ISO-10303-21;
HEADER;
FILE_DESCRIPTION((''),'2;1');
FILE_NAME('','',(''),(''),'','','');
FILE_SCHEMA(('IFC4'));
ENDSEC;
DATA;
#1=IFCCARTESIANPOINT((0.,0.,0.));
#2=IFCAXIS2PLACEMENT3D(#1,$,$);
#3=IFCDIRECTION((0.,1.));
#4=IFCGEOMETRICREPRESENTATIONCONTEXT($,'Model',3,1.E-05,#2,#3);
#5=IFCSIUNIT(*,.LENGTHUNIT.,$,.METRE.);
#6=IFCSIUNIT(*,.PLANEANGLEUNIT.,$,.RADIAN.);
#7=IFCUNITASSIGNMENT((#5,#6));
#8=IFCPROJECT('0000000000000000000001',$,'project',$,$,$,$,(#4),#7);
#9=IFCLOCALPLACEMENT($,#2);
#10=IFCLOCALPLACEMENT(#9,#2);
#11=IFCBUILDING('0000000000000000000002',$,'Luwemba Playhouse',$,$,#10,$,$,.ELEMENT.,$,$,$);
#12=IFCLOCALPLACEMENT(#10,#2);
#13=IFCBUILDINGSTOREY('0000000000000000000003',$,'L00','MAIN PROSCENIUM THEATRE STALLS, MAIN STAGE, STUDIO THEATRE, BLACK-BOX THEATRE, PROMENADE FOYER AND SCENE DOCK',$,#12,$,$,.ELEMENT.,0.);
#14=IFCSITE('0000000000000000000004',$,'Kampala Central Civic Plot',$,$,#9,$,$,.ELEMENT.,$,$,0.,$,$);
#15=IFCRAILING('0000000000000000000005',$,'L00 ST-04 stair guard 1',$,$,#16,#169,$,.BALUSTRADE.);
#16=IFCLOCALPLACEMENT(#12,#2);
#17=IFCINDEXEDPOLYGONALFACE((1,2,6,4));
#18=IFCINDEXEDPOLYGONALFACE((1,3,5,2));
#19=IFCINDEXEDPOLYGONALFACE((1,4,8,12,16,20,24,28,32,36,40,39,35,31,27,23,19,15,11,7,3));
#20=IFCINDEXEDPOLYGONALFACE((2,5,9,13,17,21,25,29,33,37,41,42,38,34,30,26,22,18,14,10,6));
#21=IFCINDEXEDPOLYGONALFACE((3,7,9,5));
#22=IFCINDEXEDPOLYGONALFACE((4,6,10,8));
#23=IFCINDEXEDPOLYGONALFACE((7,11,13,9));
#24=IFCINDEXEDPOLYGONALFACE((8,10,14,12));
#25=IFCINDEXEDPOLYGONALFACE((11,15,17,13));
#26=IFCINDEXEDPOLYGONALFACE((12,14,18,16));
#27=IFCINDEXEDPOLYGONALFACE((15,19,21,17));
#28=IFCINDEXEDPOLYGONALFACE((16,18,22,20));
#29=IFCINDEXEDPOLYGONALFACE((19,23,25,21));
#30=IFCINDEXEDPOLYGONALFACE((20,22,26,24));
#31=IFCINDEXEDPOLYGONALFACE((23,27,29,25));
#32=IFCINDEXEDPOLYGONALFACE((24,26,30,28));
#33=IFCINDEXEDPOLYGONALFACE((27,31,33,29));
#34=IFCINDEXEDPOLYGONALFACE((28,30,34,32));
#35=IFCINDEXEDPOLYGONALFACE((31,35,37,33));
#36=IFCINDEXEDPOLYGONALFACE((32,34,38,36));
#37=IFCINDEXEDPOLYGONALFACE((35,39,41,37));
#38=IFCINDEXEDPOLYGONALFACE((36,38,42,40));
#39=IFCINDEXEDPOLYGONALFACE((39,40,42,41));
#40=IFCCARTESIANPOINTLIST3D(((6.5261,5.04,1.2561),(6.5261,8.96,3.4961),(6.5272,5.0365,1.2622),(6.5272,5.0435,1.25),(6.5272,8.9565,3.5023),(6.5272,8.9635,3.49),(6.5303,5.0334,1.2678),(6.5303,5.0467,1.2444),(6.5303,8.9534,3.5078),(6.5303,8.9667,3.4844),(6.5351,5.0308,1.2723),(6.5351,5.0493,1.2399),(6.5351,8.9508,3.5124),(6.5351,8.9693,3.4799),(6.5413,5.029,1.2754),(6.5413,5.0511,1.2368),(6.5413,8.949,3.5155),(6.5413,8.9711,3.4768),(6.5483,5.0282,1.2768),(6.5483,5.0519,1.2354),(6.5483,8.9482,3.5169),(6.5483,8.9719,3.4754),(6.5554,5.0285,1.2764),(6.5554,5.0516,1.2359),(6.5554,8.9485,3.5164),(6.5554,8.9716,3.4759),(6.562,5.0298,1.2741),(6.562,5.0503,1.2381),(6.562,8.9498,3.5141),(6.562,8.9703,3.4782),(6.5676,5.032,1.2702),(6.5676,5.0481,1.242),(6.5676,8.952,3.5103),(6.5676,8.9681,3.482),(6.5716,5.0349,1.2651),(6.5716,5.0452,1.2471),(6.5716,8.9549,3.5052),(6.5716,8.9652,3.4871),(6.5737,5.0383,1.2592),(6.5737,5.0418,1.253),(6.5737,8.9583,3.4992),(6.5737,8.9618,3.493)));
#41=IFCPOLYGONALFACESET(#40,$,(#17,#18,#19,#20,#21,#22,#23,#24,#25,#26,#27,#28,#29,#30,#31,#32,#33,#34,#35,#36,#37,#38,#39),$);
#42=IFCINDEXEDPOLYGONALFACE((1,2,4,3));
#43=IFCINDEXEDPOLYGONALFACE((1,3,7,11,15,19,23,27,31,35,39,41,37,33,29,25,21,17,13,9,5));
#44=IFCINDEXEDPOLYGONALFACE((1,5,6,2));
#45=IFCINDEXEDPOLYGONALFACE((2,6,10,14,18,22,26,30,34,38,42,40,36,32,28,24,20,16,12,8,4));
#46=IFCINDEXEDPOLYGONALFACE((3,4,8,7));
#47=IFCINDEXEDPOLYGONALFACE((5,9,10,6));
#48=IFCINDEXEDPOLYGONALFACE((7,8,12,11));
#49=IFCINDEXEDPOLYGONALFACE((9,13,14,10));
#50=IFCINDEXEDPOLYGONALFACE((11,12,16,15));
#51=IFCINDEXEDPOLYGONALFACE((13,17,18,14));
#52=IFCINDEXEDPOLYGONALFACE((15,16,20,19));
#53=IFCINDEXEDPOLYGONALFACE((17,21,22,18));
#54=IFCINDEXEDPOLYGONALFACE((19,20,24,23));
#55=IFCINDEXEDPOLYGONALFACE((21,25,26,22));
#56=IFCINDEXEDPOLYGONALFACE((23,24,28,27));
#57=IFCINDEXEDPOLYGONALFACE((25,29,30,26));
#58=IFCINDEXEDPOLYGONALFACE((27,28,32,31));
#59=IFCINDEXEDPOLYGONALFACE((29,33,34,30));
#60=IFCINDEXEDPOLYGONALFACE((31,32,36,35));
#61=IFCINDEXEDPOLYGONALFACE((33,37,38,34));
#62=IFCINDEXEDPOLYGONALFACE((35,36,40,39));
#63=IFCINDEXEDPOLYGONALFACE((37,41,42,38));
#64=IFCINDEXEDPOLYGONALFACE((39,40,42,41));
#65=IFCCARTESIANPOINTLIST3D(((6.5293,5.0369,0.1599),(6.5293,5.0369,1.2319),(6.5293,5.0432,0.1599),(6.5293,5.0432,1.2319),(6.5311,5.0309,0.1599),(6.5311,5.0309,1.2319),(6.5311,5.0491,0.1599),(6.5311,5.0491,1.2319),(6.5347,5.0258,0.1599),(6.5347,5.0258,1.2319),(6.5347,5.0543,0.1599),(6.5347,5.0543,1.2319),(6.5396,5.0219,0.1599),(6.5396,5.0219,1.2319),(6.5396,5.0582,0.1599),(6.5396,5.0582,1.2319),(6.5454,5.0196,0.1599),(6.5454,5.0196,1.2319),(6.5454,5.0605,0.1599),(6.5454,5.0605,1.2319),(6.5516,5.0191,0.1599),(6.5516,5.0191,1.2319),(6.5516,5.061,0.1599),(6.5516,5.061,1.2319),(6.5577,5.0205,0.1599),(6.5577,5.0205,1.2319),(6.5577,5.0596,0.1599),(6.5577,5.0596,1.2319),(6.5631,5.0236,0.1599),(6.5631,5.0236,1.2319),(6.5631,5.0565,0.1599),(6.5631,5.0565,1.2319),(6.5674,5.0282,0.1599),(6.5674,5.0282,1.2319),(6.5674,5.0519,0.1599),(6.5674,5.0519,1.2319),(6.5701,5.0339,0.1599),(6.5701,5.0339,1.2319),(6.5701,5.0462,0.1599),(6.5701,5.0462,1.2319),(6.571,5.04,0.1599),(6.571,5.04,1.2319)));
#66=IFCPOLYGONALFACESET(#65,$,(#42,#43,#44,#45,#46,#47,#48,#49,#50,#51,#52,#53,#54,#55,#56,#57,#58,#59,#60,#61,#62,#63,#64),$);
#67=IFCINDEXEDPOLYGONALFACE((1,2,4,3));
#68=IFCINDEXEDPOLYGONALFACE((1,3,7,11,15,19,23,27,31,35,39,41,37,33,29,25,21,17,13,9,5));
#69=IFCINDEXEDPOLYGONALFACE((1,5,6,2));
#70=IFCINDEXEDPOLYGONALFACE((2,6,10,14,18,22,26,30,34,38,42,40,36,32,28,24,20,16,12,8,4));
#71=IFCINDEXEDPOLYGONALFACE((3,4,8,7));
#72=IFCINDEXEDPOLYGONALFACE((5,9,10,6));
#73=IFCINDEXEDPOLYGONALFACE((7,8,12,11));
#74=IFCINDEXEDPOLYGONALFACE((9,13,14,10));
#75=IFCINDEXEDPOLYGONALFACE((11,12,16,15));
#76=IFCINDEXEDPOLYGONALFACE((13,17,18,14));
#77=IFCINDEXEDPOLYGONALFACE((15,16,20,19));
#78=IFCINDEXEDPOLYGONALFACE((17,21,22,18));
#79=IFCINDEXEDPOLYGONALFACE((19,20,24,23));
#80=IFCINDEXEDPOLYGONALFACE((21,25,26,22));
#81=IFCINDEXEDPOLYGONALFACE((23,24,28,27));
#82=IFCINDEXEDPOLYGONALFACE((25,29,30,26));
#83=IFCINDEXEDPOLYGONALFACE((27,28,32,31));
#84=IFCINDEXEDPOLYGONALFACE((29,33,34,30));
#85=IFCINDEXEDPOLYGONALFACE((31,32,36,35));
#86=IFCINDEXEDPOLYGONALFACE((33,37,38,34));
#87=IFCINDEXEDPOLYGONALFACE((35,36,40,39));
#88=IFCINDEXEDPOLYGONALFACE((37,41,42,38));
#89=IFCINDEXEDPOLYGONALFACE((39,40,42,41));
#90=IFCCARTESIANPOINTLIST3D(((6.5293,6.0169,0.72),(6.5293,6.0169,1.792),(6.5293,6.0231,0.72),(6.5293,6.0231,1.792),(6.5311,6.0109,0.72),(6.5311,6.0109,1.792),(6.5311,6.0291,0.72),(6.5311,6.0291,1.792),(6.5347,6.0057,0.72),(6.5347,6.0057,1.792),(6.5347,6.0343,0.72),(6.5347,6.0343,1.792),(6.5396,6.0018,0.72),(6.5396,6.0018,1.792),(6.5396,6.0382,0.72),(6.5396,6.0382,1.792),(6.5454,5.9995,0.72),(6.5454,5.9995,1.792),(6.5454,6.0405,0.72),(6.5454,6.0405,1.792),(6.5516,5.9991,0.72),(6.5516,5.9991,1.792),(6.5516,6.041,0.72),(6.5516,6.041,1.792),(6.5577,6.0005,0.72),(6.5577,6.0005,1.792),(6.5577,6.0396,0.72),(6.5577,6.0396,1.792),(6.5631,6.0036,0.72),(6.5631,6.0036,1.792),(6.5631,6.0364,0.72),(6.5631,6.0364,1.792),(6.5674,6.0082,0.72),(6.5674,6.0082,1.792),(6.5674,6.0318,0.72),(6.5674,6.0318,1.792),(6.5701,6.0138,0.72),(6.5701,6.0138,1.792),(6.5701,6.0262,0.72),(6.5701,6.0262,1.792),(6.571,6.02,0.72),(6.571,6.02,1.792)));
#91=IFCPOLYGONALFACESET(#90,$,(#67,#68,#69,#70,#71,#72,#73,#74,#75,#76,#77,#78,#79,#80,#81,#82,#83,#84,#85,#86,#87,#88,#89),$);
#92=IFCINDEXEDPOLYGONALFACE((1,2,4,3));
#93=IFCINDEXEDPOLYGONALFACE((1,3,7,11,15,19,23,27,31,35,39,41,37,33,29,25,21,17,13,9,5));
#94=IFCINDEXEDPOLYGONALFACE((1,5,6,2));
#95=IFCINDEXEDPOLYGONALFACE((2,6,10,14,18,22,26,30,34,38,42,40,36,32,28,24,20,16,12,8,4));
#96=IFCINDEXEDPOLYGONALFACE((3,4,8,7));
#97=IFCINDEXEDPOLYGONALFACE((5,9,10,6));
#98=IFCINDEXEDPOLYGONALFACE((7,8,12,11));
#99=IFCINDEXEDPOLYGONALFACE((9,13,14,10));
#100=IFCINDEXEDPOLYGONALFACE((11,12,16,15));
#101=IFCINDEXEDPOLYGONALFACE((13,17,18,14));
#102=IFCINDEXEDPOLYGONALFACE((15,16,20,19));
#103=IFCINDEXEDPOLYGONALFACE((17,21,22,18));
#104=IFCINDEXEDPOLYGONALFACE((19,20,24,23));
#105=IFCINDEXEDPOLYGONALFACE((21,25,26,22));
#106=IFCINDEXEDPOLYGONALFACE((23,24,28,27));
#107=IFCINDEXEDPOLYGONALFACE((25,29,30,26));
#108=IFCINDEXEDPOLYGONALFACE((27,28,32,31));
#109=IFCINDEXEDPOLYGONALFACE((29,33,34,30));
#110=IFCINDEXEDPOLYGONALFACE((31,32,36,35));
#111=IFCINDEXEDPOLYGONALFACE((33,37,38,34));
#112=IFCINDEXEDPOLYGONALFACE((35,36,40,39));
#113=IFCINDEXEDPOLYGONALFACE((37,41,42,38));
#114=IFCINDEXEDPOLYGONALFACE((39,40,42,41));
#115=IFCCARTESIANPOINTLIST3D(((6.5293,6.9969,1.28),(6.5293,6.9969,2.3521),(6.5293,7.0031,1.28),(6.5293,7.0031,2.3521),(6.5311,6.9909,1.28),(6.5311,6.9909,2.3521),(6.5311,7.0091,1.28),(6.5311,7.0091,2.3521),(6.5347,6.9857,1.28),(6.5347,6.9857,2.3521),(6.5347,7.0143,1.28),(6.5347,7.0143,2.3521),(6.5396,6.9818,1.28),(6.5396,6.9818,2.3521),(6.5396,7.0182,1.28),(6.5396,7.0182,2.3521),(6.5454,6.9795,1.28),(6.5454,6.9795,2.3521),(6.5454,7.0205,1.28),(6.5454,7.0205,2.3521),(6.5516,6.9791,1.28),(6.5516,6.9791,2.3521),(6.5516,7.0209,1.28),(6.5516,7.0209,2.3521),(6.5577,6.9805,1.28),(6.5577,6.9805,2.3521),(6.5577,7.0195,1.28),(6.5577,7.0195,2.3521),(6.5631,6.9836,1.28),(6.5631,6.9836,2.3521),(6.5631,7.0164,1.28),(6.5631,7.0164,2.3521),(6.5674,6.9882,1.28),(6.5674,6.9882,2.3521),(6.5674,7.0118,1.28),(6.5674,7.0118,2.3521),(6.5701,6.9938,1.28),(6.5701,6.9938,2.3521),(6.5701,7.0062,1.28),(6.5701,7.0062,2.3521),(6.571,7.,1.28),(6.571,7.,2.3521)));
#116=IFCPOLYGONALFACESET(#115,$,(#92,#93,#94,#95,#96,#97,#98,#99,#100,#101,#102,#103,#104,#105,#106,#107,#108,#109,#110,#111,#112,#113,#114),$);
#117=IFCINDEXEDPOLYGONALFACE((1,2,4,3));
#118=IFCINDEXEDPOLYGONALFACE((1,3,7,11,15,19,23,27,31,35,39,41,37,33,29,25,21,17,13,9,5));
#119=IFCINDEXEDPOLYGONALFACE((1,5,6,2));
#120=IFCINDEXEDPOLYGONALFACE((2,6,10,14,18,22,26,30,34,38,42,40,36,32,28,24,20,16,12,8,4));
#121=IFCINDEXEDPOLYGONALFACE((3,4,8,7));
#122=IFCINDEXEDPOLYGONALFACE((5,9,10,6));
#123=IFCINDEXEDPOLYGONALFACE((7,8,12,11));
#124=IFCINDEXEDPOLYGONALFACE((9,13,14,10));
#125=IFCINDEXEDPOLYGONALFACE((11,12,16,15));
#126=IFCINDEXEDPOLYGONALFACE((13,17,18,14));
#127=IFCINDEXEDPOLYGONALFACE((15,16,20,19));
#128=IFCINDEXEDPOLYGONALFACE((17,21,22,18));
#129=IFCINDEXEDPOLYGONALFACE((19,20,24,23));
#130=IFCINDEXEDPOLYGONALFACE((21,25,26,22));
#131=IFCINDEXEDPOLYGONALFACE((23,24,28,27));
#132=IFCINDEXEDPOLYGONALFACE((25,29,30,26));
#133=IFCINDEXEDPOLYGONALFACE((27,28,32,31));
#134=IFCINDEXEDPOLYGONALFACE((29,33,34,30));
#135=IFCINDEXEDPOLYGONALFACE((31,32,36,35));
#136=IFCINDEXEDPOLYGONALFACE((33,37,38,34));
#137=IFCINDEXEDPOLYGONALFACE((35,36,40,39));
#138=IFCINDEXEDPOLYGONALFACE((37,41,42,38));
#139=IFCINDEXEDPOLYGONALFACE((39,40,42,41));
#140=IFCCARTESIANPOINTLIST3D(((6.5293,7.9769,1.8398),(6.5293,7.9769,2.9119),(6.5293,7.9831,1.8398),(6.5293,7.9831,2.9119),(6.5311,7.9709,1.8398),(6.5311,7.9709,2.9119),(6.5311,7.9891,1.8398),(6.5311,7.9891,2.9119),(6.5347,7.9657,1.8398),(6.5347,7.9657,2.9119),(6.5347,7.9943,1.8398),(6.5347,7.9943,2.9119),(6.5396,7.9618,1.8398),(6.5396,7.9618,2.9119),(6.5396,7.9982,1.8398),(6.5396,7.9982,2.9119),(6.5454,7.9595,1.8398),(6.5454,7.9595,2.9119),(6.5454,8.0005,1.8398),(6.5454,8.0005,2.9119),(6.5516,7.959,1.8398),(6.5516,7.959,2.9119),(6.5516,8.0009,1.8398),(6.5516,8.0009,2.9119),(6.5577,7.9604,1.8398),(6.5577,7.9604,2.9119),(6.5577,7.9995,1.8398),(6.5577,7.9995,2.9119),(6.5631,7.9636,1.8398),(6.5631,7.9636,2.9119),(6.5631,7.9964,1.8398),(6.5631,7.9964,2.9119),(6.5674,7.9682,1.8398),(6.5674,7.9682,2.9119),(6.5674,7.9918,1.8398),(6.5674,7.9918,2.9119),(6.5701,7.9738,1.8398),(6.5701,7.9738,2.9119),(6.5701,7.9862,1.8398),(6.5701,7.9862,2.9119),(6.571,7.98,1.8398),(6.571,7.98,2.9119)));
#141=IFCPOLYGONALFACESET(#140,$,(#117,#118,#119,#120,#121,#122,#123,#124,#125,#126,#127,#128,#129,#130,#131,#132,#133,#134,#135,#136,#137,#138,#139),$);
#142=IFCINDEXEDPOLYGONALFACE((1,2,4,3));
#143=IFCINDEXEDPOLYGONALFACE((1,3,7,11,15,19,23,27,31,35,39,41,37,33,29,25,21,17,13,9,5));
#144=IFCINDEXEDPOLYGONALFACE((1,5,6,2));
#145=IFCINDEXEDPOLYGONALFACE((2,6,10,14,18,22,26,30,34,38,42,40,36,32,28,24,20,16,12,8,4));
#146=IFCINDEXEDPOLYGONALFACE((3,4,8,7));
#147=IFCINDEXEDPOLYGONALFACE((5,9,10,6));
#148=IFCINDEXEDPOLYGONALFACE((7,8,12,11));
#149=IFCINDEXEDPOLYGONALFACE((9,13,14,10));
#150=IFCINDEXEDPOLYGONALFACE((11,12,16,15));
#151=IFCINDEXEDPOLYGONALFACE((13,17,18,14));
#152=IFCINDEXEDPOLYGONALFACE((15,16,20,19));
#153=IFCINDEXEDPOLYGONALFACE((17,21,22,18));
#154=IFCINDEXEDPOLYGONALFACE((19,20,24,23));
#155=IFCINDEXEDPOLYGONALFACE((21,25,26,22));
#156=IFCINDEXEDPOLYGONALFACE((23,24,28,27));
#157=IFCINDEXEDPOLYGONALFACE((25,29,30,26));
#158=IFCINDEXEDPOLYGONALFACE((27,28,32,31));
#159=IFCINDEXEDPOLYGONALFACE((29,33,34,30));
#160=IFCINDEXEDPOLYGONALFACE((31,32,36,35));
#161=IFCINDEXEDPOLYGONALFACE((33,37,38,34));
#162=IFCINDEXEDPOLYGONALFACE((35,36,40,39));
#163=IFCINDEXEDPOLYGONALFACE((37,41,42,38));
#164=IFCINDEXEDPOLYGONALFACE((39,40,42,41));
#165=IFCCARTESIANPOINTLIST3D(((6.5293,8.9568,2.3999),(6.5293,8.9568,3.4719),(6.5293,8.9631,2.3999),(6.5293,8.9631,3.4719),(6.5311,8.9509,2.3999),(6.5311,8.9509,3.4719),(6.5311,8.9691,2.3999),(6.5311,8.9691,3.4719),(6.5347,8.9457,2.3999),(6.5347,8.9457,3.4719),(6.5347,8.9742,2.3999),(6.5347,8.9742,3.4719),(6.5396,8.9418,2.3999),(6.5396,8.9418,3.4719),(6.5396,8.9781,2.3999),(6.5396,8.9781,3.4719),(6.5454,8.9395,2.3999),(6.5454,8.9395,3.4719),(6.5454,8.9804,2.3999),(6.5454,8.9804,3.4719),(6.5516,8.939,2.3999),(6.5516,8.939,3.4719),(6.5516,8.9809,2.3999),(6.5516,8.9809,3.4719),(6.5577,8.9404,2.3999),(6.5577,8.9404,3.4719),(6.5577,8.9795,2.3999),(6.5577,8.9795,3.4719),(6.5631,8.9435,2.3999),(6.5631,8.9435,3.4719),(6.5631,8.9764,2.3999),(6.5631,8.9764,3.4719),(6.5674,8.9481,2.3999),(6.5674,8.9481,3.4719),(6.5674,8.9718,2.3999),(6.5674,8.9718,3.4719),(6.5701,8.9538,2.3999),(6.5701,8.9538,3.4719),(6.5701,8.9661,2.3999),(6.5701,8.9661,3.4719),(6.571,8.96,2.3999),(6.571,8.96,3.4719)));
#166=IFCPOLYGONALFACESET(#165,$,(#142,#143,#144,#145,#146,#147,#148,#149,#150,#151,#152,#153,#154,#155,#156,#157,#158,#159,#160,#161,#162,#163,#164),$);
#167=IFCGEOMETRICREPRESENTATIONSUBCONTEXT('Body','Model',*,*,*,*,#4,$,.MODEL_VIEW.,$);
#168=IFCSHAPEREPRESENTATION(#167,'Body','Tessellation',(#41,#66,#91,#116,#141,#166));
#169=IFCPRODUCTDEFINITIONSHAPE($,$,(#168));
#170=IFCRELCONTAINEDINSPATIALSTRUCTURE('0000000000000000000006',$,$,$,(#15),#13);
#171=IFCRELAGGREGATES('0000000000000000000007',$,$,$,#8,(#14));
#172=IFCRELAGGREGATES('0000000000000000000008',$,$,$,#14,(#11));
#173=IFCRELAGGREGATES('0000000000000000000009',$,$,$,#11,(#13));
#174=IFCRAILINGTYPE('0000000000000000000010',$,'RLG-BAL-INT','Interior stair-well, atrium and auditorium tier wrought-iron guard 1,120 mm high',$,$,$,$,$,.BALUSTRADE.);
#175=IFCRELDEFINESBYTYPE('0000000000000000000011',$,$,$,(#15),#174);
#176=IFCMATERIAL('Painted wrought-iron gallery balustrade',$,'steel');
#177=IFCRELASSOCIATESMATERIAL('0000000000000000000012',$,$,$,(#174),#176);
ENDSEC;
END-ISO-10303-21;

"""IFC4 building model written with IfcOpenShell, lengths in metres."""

from ifc_helpers import new_model, si_unit, direction, frame, origin, origin_2d, place, context, subcontext, project, spatial, circle, extrude, material, type_object, element, save


model = new_model("IFC4")

# Units and contexts
model_context = context("Model", 3, precision=1e-05, world=origin(), true_north=direction((0.0, 1.0)))
body_context = subcontext(model_context, "Body", "Model", "MODEL_VIEW")
ifc_project = project(units=[si_unit("LENGTHUNIT", "METRE"), si_unit("PLANEANGLEUNIT", "RADIAN")], contexts=[model_context])

# Site, building, storey
site_placement = place(None, origin())
site = spatial("IfcSite", under=ifc_project, at=site_placement, Name="Kampala Central Civic Plot", CompositionType="ELEMENT", RefElevation=0.0)
building_placement = place(site_placement, origin())
building = spatial("IfcBuilding", under=site, at=building_placement, Name="Luwemba Playhouse", CompositionType="ELEMENT")
storey_placement = place(building_placement, origin())
storey = spatial("IfcBuildingStorey", under=building, at=storey_placement, Name="L00", Description="MAIN PROSCENIUM THEATRE STALLS, MAIN STAGE, STUDIO THEATRE, BLACK-BOX THEATRE, PROMENADE FOYER AND SCENE DOCK", CompositionType="ELEMENT", Elevation=0.0)

# Railing
ifc_material_1 = material(Name="Painted wrought-iron gallery balustrade", Category="steel")
railing_type_1 = type_object("IfcRailingType", Name="RLG-BAL-INT", Description="Interior stair-well, atrium and auditorium tier wrought-iron guard 1,120 mm high", PredefinedType="BALUSTRADE", material=ifc_material_1)
railing_1_placement = place(storey_placement, frame((6.55, 5.04, 0.1599)))
element("IfcRailing", 1, at=railing_1_placement, inside=storey, type_object=railing_type_1, Name="L00 ST-04 stair guard 1", PredefinedType="BALUSTRADE", context=body_context, shape_type="SweptSolid", body=[
    extrude(circle(Radius=0.0239, at=origin_2d()), frame((0.0, 0.0, 1.0962), z_axis=(0.0, 0.86824, 0.496145), x_axis=(-1.0, 0.0, 0.0)), (0.0, 0.0, 1.0), 4.5149),
    extrude(circle(Radius=0.021, at=origin_2d()), origin(), (0.0, 0.0, 1.0), 1.072),
    extrude(circle(Radius=0.021, at=origin_2d()), frame((0.0, 0.98, 0.5601)), (0.0, 0.0, 1.0), 1.072),
    extrude(circle(Radius=0.021, at=origin_2d()), frame((0.0, 1.96, 1.1201)), (0.0, 0.0, 1.0), 1.072),
    extrude(circle(Radius=0.021, at=origin_2d()), frame((0.0, 2.9399, 1.6799)), (0.0, 0.0, 1.0), 1.072),
    extrude(circle(Radius=0.021, at=origin_2d()), frame((0.0, 3.9199, 2.24)), (0.0, 0.0, 1.0), 1.072),
])

save(model, "model.ifc")
